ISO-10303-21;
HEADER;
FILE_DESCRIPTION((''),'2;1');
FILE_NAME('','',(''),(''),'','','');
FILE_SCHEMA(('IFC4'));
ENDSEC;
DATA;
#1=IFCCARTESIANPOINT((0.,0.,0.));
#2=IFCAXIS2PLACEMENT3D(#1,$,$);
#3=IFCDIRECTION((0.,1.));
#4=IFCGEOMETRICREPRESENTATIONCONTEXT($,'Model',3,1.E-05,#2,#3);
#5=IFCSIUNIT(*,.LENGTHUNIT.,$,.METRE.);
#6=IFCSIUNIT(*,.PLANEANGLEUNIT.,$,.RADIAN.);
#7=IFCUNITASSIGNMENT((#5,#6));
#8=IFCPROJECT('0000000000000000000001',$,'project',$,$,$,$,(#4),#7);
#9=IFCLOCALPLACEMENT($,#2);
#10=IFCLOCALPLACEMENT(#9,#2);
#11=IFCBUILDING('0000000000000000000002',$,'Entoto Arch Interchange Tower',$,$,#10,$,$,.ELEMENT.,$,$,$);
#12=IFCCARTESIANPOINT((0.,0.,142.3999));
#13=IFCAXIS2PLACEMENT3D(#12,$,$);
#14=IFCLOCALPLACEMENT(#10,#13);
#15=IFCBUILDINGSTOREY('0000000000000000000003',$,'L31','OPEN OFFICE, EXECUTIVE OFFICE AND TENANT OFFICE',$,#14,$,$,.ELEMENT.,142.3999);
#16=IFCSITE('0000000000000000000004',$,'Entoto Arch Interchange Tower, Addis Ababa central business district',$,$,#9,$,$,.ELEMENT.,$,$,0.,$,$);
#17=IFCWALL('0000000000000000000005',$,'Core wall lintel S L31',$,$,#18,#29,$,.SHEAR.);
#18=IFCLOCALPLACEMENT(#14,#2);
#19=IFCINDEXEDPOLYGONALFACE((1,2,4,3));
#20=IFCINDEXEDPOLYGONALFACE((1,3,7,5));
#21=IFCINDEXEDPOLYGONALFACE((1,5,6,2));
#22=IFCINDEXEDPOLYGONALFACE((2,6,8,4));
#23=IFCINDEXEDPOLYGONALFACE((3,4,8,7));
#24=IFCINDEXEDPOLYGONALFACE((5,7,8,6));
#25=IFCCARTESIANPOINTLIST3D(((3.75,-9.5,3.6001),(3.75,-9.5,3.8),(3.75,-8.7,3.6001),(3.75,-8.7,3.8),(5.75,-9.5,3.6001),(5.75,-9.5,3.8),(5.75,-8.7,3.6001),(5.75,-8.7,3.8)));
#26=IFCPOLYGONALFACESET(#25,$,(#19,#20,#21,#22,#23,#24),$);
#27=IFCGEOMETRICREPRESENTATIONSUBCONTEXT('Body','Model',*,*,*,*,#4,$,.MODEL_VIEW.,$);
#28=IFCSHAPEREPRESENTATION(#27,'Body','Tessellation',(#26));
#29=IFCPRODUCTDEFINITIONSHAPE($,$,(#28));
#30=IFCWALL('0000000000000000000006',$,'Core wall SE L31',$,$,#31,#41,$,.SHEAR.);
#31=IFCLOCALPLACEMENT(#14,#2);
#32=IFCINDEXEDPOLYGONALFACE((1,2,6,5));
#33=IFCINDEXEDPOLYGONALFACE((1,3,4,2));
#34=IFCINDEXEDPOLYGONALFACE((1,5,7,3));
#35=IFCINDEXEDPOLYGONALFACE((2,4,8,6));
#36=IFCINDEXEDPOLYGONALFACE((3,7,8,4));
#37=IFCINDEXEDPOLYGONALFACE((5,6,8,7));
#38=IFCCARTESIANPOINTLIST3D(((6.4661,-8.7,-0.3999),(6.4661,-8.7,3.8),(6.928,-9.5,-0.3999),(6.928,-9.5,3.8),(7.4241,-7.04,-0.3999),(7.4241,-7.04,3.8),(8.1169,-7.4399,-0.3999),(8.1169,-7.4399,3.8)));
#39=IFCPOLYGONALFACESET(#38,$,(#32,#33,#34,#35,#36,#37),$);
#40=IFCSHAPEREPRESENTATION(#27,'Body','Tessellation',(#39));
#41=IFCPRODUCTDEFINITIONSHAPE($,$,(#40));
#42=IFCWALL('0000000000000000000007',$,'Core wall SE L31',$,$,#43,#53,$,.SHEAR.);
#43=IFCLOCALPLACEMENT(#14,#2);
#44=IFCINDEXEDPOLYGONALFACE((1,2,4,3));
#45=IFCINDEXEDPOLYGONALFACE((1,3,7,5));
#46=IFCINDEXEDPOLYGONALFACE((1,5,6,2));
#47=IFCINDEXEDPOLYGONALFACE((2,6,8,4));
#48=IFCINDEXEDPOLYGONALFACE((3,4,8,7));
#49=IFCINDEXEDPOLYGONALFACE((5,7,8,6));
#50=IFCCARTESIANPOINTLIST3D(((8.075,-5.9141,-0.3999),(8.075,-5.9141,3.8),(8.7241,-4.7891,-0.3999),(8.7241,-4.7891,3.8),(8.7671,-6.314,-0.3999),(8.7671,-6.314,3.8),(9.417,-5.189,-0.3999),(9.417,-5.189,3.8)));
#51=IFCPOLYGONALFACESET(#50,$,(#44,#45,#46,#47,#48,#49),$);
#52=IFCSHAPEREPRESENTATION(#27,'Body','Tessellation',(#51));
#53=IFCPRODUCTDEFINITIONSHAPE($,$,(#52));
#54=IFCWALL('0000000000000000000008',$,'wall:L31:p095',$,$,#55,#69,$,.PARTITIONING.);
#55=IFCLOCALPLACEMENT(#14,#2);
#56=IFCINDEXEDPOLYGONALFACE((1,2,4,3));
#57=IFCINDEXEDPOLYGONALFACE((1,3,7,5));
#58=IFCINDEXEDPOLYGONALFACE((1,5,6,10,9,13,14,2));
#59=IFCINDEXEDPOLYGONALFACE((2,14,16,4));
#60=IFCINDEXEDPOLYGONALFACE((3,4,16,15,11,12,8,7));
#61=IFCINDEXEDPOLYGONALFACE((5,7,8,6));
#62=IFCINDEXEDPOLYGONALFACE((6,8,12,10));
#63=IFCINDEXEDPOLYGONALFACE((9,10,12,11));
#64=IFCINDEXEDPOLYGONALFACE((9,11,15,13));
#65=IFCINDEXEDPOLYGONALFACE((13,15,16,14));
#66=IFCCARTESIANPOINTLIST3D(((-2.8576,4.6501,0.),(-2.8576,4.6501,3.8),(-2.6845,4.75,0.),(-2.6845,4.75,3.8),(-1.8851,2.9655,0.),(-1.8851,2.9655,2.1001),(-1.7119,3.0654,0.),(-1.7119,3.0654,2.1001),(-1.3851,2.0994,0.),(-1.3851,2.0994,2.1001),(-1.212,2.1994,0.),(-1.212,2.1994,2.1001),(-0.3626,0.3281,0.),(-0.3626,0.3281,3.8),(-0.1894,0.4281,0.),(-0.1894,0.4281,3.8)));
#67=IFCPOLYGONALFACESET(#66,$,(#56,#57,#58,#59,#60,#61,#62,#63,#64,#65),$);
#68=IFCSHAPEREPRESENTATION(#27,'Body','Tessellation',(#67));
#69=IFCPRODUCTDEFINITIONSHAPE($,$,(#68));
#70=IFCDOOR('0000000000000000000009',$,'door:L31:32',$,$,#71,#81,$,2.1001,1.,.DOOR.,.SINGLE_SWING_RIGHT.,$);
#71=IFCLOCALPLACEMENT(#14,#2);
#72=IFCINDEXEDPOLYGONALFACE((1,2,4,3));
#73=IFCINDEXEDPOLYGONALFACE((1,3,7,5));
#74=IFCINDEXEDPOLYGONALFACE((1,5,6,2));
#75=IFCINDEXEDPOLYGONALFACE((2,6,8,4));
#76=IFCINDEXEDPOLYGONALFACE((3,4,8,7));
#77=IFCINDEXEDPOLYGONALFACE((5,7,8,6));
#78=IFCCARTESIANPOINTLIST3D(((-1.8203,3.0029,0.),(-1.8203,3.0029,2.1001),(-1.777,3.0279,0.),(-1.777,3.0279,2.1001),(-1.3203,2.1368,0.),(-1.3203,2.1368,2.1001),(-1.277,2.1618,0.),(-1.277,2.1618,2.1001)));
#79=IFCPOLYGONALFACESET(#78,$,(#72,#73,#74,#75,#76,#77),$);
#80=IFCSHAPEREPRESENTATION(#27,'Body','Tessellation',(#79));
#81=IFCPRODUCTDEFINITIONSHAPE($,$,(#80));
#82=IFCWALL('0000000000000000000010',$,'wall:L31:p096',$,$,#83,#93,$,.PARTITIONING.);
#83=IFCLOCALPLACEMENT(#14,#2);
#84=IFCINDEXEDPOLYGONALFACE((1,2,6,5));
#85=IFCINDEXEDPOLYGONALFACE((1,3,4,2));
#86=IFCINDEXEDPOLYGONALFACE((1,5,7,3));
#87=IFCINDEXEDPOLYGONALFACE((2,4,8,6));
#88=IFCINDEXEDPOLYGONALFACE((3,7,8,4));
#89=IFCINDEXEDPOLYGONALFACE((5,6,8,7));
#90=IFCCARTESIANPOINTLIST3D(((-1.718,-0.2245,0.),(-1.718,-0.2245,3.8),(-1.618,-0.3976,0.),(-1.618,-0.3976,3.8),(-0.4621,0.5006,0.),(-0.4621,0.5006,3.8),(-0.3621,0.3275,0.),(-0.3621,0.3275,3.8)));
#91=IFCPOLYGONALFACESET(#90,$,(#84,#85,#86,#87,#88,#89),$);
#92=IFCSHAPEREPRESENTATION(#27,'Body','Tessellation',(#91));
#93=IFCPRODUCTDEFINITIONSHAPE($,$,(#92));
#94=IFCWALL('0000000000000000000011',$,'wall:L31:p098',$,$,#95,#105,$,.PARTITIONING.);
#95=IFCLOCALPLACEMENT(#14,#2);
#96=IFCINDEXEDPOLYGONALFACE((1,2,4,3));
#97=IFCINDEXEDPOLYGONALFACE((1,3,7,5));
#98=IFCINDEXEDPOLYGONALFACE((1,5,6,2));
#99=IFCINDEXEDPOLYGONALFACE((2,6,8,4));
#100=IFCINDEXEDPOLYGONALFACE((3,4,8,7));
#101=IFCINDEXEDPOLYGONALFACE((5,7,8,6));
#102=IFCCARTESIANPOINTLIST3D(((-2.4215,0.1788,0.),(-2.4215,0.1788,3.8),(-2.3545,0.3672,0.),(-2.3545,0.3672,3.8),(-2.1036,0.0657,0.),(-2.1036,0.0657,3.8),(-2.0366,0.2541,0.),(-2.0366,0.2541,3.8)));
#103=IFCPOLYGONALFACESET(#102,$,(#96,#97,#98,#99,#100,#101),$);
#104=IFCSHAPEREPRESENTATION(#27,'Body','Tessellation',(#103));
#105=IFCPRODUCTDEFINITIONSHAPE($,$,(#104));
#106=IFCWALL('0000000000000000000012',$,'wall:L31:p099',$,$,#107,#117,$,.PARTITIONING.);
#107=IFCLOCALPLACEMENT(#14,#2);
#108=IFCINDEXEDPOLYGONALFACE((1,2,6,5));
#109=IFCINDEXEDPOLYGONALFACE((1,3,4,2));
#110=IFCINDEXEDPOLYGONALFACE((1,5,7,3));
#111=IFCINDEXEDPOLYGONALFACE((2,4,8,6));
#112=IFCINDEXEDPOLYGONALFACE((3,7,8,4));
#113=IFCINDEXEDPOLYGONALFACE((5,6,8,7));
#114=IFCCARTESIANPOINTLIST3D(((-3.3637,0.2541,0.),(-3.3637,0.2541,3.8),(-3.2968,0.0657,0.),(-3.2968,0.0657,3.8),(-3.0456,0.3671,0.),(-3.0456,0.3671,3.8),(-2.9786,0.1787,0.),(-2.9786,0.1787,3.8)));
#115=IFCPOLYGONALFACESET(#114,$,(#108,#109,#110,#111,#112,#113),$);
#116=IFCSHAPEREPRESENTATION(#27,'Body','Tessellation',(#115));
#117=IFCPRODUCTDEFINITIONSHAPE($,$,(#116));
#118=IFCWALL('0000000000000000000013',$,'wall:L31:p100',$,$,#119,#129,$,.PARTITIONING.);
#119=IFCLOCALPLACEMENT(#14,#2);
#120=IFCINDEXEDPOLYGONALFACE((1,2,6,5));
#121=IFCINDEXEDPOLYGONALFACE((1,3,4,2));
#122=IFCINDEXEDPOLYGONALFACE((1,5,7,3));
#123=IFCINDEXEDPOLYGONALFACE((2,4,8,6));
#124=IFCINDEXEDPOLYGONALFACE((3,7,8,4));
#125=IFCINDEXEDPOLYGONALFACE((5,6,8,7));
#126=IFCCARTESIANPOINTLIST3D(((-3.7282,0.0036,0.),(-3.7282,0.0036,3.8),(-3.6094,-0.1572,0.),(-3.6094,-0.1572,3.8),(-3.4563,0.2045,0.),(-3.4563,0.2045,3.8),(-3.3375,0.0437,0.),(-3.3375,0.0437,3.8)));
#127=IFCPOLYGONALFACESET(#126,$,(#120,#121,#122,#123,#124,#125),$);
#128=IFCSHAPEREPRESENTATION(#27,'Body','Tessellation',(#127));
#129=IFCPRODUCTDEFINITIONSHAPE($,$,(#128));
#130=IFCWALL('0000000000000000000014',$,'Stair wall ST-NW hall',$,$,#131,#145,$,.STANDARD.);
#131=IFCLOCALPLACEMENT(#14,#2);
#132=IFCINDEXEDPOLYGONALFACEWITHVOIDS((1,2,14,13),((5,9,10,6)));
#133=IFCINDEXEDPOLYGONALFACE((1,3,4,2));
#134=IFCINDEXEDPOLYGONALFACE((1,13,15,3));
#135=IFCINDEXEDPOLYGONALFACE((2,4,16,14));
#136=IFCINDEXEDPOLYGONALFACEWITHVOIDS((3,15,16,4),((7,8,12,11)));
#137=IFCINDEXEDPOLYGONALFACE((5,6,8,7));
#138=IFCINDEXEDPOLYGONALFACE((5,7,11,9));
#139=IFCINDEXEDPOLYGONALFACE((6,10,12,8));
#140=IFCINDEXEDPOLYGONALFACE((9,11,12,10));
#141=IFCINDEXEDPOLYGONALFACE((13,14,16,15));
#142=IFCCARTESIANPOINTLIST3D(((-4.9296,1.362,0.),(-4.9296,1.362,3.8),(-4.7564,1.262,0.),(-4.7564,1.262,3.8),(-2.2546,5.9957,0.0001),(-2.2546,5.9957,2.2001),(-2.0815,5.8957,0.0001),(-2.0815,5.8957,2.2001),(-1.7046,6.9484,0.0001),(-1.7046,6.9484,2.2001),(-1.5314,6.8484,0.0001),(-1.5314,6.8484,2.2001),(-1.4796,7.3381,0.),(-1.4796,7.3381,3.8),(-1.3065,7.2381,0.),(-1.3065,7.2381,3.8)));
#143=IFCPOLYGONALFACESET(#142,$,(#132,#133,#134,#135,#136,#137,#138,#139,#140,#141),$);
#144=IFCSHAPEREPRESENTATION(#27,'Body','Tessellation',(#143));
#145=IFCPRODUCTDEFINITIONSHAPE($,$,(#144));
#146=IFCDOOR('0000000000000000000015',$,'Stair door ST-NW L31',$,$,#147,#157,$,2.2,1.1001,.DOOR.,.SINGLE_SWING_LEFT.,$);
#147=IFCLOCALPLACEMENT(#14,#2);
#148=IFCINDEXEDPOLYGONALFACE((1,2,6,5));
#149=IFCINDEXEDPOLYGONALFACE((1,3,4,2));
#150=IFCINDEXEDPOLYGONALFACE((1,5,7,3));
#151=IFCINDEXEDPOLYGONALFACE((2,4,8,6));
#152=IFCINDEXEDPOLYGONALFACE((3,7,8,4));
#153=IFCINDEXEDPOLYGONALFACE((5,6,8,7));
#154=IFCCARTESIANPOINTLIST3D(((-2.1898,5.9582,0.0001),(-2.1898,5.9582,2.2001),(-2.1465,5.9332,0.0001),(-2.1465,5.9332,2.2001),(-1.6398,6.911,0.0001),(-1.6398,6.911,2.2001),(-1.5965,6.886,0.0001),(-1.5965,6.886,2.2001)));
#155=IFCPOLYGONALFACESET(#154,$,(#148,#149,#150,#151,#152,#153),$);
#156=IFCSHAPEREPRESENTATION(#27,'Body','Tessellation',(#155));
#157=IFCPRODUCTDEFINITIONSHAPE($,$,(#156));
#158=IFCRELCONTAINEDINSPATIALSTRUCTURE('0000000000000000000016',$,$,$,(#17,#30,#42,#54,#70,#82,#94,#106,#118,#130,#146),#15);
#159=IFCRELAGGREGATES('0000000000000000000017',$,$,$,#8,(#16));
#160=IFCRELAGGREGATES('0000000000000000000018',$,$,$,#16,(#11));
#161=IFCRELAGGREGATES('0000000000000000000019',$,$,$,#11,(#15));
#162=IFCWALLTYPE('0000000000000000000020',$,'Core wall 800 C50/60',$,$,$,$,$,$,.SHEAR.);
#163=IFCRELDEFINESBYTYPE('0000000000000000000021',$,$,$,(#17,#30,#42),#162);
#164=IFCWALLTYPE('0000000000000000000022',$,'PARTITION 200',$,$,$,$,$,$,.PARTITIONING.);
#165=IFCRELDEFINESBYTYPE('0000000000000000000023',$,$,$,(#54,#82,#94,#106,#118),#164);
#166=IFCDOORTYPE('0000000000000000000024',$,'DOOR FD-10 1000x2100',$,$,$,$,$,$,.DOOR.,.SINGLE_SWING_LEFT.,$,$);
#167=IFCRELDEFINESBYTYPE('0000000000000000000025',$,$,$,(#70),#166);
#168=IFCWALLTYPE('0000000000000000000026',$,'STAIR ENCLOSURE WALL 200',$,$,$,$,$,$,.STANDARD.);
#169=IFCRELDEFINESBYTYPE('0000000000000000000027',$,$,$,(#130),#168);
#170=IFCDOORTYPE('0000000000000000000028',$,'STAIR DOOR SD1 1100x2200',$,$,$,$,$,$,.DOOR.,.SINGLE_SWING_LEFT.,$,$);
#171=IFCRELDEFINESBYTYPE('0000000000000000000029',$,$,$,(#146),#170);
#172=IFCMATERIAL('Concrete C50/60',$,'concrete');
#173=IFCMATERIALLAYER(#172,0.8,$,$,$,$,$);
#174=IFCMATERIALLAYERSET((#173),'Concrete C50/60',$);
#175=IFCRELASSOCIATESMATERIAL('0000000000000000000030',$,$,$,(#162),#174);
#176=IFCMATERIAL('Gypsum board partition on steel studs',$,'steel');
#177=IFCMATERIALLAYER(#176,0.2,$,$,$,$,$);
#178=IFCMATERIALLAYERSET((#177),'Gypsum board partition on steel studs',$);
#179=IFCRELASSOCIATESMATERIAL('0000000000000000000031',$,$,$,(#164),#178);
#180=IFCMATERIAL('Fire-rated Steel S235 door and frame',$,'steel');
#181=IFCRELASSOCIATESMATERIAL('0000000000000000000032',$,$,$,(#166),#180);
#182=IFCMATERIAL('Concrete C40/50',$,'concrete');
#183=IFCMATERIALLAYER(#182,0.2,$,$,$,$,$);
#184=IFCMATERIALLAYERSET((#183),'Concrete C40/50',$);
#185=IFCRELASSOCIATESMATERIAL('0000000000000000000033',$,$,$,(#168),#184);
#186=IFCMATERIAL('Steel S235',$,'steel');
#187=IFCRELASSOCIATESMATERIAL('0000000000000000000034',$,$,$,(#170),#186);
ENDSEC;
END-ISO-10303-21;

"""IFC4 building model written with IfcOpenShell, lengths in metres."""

from ifc_helpers import new_model, si_unit, direction, frame, frame_2d, origin, place, context, subcontext, project, spatial, polyline, rectangle, outline, extrude, material, layer, layer_set, type_object, element, fill, save


model = new_model("IFC4")

# Units and contexts
model_context = context("Model", 3, precision=1e-05, world=origin(), true_north=direction((0.0, 1.0)))
body_context = subcontext(model_context, "Body", "Model", "MODEL_VIEW")
ifc_project = project(units=[si_unit("LENGTHUNIT", "METRE"), si_unit("PLANEANGLEUNIT", "RADIAN")], contexts=[model_context])

# Site, building, storey
site_placement = place(None, origin())
site = spatial("IfcSite", under=ifc_project, at=site_placement, Name="Entoto Arch Interchange Tower, Addis Ababa central business district", CompositionType="ELEMENT", RefElevation=0.0)
building_placement = place(site_placement, origin())
building = spatial("IfcBuilding", under=site, at=building_placement, Name="Entoto Arch Interchange Tower", CompositionType="ELEMENT")
storey_placement = place(building_placement, frame((0.0, 0.0, 142.3999)))
storey = spatial("IfcBuildingStorey", under=building, at=storey_placement, Name="L31", Description="OPEN OFFICE, EXECUTIVE OFFICE AND TENANT OFFICE", CompositionType="ELEMENT", Elevation=142.3999)

# Shared definitions
ifc_material_1 = material(Name="Concrete C40/50", Category="concrete")

# Walls
ifc_material_2 = material(Name="Concrete C50/60", Category="concrete")
ifc_layer_1 = layer(ifc_material_2, 0.8)
ifc_layer_set_1 = layer_set([ifc_layer_1], Name="Concrete C50/60")
wall_type_1 = type_object("IfcWallType", Name="Core wall 800 C50/60", PredefinedType="SHEAR", material=ifc_layer_set_1)
wall_1_placement = place(storey_placement, frame((0.0, 0.0, 3.6001)))
element("IfcWall", 1, at=wall_1_placement, inside=storey, type_object=wall_type_1, Name="Core wall lintel S L31", PredefinedType="SHEAR", context=body_context, shape_type="SweptSolid", body=[
    extrude(outline(polyline([(5.75, -9.5), (5.75, -8.7), (3.75, -8.7), (3.75, -9.5), (5.75, -9.5)])), origin(), (0.0, 0.0, 1.0), 0.2),
])
wall_2_placement = place(storey_placement, frame((0.0, 0.0, -0.3999)))
element("IfcWall", 2, at=wall_2_placement, inside=storey, type_object=wall_type_1, Name="Core wall SE L31", PredefinedType="SHEAR", context=body_context, shape_type="SweptSolid", body=[
    extrude(outline(polyline([(8.1169, -7.4399), (7.4241, -7.04), (6.4661, -8.7), (6.928, -9.5), (8.1169, -7.4399)])), origin(), (0.0, 0.0, 1.0), 4.2),
])
wall_3_placement = place(storey_placement, frame((0.0, 0.0, -0.3999)))
element("IfcWall", 3, at=wall_3_placement, inside=storey, type_object=wall_type_1, Name="Core wall SE L31", PredefinedType="SHEAR", context=body_context, shape_type="SweptSolid", body=[
    extrude(outline(polyline([(9.417, -5.189), (8.7241, -4.7891), (8.075, -5.9141), (8.7671, -6.314), (9.417, -5.189)])), origin(), (0.0, 0.0, 1.0), 4.2),
])

# Wall, opening, door
ifc_material_3 = material(Name="Gypsum board partition on steel studs", Category="steel")
ifc_layer_2 = layer(ifc_material_3, 0.2)
ifc_layer_set_2 = layer_set([ifc_layer_2], Name="Gypsum board partition on steel studs")
wall_type_2 = type_object("IfcWallType", Name="PARTITION 200", PredefinedType="PARTITIONING", material=ifc_layer_set_2)
wall_4_placement = place(storey_placement, frame((-2.771, 4.7, 0.0), z_axis=(0.0, 0.0, 1.0), x_axis=(0.499969, -0.866043, 0.0)))
wall_4 = element("IfcWall", 4, at=wall_4_placement, inside=storey, type_object=wall_type_2, Name="wall:L31:p095", PredefinedType="PARTITIONING", context=body_context, shape_type="SweptSolid", body=[
    extrude(rectangle(XDim=4.9905, YDim=0.2, at=frame_2d((2.4951, 0.0))), origin(), (0.0, 0.0, 1.0), 3.8),
])
opening_1_placement = place(wall_4_placement, frame((1.9451, 0.0, 0.0)))
opening_1 = element("IfcOpeningElement", 5, at=opening_1_placement, cuts=wall_4, PredefinedType="OPENING", context=body_context, shape_type="SweptSolid", body=[
    extrude(rectangle(XDim=1.0, YDim=2.1001, at=frame_2d((0.5, 1.05))), frame((0.0, 0.1099, 0.0), z_axis=(0.0, -1.0, 0.0), x_axis=(1.0, 0.0, 0.0)), (0.0, 0.0, 1.0), 0.22),
])
ifc_material_4 = material(Name="Fire-rated Steel S235 door and frame", Category="steel")
door_type_1 = type_object("IfcDoorType", Name="DOOR FD-10 1000x2100", OperationType="SINGLE_SWING_LEFT", PredefinedType="DOOR", material=ifc_material_4)
door_1_placement = place(opening_1_placement, origin())
door_1 = element("IfcDoor", 6, at=door_1_placement, inside=storey, type_object=door_type_1, Name="door:L31:32", OperationType="SINGLE_SWING_RIGHT", OverallHeight=2.1001, OverallWidth=1.0, PredefinedType="DOOR", context=body_context, shape_type="SweptSolid", body=[
    extrude(rectangle(XDim=1.0, YDim=2.1001, at=frame_2d((0.5, 1.05))), frame((0.0, 0.0249, 0.0), z_axis=(0.0, -1.0, 0.0), x_axis=(1.0, 0.0, 0.0)), (0.0, 0.0, 1.0), 0.05),
])
fill(opening_1, door_1)

# Walls
wall_5_placement = place(storey_placement, frame((-0.4121, 0.4141, 0.0), z_axis=(0.0, 0.0, 1.0), x_axis=(-0.866017, -0.500014, 0.0)))
element("IfcWall", 7, at=wall_5_placement, inside=storey, type_object=wall_type_2, Name="wall:L31:p096", PredefinedType="PARTITIONING", context=body_context, shape_type="SweptSolid", body=[
    extrude(rectangle(XDim=1.4502, YDim=0.2, at=frame_2d((0.7251, 0.0))), origin(), (0.0, 0.0, 1.0), 3.8),
])
wall_6_placement = place(storey_placement, frame((-2.0701, 0.1599, 0.0), z_axis=(0.0, 0.0, 1.0), x_axis=(-0.942199, 0.335052, 0.0)))
element("IfcWall", 8, at=wall_6_placement, inside=storey, type_object=wall_type_2, Name="wall:L31:p098", PredefinedType="PARTITIONING", context=body_context, shape_type="SweptSolid", body=[
    extrude(rectangle(XDim=0.3374, YDim=0.2, at=frame_2d((0.1687, 0.0))), origin(), (0.0, 0.0, 1.0), 3.8),
])
wall_7_placement = place(storey_placement, frame((-3.012, 0.2729, 0.0), z_axis=(0.0, 0.0, 1.0), x_axis=(-0.942281, -0.334824, 0.0)))
element("IfcWall", 9, at=wall_7_placement, inside=storey, type_object=wall_type_2, Name="wall:L31:p099", PredefinedType="PARTITIONING", context=body_context, shape_type="SweptSolid", body=[
    extrude(rectangle(XDim=0.3376, YDim=0.2, at=frame_2d((0.1689, 0.0))), origin(), (0.0, 0.0, 1.0), 3.8),
])
wall_8_placement = place(storey_placement, frame((-3.397, 0.124, 0.0), z_axis=(0.0, 0.0, 1.0), x_axis=(-0.804311, -0.594208, 0.0)))
element("IfcWall", 10, at=wall_8_placement, inside=storey, type_object=wall_type_2, Name="wall:L31:p100", PredefinedType="PARTITIONING", context=body_context, shape_type="SweptSolid", body=[
    extrude(rectangle(XDim=0.3381, YDim=0.2, at=frame_2d((0.1689, 0.0))), origin(), (0.0, 0.0, 1.0), 3.8),
])

# Wall, opening, door
ifc_layer_3 = layer(ifc_material_1, 0.2)
ifc_layer_set_3 = layer_set([ifc_layer_3], Name="Concrete C40/50")
wall_type_3 = type_object("IfcWallType", Name="STAIR ENCLOSURE WALL 200", PredefinedType="STANDARD", material=ifc_layer_set_3)
wall_9_placement = place(storey_placement, frame((-1.3931, 7.2881, 0.0), z_axis=(0.0, 0.0, 1.0), x_axis=(-0.499963, -0.866047, 0.0)))
wall_9 = element("IfcWall", 11, at=wall_9_placement, inside=storey, type_object=wall_type_3, Name="Stair wall ST-NW hall", PredefinedType="STANDARD", context=body_context, shape_type="SweptSolid", body=[
    extrude(rectangle(XDim=6.9004, YDim=0.2, at=frame_2d((3.4502, 0.0))), origin(), (0.0, 0.0, 1.0), 3.8),
])
opening_2_placement = place(wall_9_placement, frame((0.45, 0.0, 0.0)))
opening_2 = element("IfcOpeningElement", 12, at=opening_2_placement, cuts=wall_9, PredefinedType="OPENING", context=body_context, shape_type="SweptSolid", body=[
    extrude(rectangle(XDim=1.1001, YDim=2.2, at=frame_2d((0.55, 1.1001))), frame((0.0, 0.1099, 0.0), z_axis=(0.0, -1.0, 0.0), x_axis=(1.0, 0.0, 0.0)), (0.0, 0.0, 1.0), 0.22),
])
ifc_material_5 = material(Name="Steel S235", Category="steel")
door_type_2 = type_object("IfcDoorType", Name="STAIR DOOR SD1 1100x2200", OperationType="SINGLE_SWING_LEFT", PredefinedType="DOOR", material=ifc_material_5)
door_2_placement = place(opening_2_placement, origin())
door_2 = element("IfcDoor", 13, at=door_2_placement, inside=storey, type_object=door_type_2, Name="Stair door ST-NW L31", OperationType="SINGLE_SWING_LEFT", OverallHeight=2.2, OverallWidth=1.1001, PredefinedType="DOOR", context=body_context, shape_type="SweptSolid", body=[
    extrude(rectangle(XDim=1.1001, YDim=2.2, at=frame_2d((0.55, 1.1001))), frame((0.0, 0.0249, 0.0), z_axis=(0.0, -1.0, 0.0), x_axis=(1.0, 0.0, 0.0)), (0.0, 0.0, 1.0), 0.05),
])
fill(opening_2, door_2)

save(model, "model.ifc")
